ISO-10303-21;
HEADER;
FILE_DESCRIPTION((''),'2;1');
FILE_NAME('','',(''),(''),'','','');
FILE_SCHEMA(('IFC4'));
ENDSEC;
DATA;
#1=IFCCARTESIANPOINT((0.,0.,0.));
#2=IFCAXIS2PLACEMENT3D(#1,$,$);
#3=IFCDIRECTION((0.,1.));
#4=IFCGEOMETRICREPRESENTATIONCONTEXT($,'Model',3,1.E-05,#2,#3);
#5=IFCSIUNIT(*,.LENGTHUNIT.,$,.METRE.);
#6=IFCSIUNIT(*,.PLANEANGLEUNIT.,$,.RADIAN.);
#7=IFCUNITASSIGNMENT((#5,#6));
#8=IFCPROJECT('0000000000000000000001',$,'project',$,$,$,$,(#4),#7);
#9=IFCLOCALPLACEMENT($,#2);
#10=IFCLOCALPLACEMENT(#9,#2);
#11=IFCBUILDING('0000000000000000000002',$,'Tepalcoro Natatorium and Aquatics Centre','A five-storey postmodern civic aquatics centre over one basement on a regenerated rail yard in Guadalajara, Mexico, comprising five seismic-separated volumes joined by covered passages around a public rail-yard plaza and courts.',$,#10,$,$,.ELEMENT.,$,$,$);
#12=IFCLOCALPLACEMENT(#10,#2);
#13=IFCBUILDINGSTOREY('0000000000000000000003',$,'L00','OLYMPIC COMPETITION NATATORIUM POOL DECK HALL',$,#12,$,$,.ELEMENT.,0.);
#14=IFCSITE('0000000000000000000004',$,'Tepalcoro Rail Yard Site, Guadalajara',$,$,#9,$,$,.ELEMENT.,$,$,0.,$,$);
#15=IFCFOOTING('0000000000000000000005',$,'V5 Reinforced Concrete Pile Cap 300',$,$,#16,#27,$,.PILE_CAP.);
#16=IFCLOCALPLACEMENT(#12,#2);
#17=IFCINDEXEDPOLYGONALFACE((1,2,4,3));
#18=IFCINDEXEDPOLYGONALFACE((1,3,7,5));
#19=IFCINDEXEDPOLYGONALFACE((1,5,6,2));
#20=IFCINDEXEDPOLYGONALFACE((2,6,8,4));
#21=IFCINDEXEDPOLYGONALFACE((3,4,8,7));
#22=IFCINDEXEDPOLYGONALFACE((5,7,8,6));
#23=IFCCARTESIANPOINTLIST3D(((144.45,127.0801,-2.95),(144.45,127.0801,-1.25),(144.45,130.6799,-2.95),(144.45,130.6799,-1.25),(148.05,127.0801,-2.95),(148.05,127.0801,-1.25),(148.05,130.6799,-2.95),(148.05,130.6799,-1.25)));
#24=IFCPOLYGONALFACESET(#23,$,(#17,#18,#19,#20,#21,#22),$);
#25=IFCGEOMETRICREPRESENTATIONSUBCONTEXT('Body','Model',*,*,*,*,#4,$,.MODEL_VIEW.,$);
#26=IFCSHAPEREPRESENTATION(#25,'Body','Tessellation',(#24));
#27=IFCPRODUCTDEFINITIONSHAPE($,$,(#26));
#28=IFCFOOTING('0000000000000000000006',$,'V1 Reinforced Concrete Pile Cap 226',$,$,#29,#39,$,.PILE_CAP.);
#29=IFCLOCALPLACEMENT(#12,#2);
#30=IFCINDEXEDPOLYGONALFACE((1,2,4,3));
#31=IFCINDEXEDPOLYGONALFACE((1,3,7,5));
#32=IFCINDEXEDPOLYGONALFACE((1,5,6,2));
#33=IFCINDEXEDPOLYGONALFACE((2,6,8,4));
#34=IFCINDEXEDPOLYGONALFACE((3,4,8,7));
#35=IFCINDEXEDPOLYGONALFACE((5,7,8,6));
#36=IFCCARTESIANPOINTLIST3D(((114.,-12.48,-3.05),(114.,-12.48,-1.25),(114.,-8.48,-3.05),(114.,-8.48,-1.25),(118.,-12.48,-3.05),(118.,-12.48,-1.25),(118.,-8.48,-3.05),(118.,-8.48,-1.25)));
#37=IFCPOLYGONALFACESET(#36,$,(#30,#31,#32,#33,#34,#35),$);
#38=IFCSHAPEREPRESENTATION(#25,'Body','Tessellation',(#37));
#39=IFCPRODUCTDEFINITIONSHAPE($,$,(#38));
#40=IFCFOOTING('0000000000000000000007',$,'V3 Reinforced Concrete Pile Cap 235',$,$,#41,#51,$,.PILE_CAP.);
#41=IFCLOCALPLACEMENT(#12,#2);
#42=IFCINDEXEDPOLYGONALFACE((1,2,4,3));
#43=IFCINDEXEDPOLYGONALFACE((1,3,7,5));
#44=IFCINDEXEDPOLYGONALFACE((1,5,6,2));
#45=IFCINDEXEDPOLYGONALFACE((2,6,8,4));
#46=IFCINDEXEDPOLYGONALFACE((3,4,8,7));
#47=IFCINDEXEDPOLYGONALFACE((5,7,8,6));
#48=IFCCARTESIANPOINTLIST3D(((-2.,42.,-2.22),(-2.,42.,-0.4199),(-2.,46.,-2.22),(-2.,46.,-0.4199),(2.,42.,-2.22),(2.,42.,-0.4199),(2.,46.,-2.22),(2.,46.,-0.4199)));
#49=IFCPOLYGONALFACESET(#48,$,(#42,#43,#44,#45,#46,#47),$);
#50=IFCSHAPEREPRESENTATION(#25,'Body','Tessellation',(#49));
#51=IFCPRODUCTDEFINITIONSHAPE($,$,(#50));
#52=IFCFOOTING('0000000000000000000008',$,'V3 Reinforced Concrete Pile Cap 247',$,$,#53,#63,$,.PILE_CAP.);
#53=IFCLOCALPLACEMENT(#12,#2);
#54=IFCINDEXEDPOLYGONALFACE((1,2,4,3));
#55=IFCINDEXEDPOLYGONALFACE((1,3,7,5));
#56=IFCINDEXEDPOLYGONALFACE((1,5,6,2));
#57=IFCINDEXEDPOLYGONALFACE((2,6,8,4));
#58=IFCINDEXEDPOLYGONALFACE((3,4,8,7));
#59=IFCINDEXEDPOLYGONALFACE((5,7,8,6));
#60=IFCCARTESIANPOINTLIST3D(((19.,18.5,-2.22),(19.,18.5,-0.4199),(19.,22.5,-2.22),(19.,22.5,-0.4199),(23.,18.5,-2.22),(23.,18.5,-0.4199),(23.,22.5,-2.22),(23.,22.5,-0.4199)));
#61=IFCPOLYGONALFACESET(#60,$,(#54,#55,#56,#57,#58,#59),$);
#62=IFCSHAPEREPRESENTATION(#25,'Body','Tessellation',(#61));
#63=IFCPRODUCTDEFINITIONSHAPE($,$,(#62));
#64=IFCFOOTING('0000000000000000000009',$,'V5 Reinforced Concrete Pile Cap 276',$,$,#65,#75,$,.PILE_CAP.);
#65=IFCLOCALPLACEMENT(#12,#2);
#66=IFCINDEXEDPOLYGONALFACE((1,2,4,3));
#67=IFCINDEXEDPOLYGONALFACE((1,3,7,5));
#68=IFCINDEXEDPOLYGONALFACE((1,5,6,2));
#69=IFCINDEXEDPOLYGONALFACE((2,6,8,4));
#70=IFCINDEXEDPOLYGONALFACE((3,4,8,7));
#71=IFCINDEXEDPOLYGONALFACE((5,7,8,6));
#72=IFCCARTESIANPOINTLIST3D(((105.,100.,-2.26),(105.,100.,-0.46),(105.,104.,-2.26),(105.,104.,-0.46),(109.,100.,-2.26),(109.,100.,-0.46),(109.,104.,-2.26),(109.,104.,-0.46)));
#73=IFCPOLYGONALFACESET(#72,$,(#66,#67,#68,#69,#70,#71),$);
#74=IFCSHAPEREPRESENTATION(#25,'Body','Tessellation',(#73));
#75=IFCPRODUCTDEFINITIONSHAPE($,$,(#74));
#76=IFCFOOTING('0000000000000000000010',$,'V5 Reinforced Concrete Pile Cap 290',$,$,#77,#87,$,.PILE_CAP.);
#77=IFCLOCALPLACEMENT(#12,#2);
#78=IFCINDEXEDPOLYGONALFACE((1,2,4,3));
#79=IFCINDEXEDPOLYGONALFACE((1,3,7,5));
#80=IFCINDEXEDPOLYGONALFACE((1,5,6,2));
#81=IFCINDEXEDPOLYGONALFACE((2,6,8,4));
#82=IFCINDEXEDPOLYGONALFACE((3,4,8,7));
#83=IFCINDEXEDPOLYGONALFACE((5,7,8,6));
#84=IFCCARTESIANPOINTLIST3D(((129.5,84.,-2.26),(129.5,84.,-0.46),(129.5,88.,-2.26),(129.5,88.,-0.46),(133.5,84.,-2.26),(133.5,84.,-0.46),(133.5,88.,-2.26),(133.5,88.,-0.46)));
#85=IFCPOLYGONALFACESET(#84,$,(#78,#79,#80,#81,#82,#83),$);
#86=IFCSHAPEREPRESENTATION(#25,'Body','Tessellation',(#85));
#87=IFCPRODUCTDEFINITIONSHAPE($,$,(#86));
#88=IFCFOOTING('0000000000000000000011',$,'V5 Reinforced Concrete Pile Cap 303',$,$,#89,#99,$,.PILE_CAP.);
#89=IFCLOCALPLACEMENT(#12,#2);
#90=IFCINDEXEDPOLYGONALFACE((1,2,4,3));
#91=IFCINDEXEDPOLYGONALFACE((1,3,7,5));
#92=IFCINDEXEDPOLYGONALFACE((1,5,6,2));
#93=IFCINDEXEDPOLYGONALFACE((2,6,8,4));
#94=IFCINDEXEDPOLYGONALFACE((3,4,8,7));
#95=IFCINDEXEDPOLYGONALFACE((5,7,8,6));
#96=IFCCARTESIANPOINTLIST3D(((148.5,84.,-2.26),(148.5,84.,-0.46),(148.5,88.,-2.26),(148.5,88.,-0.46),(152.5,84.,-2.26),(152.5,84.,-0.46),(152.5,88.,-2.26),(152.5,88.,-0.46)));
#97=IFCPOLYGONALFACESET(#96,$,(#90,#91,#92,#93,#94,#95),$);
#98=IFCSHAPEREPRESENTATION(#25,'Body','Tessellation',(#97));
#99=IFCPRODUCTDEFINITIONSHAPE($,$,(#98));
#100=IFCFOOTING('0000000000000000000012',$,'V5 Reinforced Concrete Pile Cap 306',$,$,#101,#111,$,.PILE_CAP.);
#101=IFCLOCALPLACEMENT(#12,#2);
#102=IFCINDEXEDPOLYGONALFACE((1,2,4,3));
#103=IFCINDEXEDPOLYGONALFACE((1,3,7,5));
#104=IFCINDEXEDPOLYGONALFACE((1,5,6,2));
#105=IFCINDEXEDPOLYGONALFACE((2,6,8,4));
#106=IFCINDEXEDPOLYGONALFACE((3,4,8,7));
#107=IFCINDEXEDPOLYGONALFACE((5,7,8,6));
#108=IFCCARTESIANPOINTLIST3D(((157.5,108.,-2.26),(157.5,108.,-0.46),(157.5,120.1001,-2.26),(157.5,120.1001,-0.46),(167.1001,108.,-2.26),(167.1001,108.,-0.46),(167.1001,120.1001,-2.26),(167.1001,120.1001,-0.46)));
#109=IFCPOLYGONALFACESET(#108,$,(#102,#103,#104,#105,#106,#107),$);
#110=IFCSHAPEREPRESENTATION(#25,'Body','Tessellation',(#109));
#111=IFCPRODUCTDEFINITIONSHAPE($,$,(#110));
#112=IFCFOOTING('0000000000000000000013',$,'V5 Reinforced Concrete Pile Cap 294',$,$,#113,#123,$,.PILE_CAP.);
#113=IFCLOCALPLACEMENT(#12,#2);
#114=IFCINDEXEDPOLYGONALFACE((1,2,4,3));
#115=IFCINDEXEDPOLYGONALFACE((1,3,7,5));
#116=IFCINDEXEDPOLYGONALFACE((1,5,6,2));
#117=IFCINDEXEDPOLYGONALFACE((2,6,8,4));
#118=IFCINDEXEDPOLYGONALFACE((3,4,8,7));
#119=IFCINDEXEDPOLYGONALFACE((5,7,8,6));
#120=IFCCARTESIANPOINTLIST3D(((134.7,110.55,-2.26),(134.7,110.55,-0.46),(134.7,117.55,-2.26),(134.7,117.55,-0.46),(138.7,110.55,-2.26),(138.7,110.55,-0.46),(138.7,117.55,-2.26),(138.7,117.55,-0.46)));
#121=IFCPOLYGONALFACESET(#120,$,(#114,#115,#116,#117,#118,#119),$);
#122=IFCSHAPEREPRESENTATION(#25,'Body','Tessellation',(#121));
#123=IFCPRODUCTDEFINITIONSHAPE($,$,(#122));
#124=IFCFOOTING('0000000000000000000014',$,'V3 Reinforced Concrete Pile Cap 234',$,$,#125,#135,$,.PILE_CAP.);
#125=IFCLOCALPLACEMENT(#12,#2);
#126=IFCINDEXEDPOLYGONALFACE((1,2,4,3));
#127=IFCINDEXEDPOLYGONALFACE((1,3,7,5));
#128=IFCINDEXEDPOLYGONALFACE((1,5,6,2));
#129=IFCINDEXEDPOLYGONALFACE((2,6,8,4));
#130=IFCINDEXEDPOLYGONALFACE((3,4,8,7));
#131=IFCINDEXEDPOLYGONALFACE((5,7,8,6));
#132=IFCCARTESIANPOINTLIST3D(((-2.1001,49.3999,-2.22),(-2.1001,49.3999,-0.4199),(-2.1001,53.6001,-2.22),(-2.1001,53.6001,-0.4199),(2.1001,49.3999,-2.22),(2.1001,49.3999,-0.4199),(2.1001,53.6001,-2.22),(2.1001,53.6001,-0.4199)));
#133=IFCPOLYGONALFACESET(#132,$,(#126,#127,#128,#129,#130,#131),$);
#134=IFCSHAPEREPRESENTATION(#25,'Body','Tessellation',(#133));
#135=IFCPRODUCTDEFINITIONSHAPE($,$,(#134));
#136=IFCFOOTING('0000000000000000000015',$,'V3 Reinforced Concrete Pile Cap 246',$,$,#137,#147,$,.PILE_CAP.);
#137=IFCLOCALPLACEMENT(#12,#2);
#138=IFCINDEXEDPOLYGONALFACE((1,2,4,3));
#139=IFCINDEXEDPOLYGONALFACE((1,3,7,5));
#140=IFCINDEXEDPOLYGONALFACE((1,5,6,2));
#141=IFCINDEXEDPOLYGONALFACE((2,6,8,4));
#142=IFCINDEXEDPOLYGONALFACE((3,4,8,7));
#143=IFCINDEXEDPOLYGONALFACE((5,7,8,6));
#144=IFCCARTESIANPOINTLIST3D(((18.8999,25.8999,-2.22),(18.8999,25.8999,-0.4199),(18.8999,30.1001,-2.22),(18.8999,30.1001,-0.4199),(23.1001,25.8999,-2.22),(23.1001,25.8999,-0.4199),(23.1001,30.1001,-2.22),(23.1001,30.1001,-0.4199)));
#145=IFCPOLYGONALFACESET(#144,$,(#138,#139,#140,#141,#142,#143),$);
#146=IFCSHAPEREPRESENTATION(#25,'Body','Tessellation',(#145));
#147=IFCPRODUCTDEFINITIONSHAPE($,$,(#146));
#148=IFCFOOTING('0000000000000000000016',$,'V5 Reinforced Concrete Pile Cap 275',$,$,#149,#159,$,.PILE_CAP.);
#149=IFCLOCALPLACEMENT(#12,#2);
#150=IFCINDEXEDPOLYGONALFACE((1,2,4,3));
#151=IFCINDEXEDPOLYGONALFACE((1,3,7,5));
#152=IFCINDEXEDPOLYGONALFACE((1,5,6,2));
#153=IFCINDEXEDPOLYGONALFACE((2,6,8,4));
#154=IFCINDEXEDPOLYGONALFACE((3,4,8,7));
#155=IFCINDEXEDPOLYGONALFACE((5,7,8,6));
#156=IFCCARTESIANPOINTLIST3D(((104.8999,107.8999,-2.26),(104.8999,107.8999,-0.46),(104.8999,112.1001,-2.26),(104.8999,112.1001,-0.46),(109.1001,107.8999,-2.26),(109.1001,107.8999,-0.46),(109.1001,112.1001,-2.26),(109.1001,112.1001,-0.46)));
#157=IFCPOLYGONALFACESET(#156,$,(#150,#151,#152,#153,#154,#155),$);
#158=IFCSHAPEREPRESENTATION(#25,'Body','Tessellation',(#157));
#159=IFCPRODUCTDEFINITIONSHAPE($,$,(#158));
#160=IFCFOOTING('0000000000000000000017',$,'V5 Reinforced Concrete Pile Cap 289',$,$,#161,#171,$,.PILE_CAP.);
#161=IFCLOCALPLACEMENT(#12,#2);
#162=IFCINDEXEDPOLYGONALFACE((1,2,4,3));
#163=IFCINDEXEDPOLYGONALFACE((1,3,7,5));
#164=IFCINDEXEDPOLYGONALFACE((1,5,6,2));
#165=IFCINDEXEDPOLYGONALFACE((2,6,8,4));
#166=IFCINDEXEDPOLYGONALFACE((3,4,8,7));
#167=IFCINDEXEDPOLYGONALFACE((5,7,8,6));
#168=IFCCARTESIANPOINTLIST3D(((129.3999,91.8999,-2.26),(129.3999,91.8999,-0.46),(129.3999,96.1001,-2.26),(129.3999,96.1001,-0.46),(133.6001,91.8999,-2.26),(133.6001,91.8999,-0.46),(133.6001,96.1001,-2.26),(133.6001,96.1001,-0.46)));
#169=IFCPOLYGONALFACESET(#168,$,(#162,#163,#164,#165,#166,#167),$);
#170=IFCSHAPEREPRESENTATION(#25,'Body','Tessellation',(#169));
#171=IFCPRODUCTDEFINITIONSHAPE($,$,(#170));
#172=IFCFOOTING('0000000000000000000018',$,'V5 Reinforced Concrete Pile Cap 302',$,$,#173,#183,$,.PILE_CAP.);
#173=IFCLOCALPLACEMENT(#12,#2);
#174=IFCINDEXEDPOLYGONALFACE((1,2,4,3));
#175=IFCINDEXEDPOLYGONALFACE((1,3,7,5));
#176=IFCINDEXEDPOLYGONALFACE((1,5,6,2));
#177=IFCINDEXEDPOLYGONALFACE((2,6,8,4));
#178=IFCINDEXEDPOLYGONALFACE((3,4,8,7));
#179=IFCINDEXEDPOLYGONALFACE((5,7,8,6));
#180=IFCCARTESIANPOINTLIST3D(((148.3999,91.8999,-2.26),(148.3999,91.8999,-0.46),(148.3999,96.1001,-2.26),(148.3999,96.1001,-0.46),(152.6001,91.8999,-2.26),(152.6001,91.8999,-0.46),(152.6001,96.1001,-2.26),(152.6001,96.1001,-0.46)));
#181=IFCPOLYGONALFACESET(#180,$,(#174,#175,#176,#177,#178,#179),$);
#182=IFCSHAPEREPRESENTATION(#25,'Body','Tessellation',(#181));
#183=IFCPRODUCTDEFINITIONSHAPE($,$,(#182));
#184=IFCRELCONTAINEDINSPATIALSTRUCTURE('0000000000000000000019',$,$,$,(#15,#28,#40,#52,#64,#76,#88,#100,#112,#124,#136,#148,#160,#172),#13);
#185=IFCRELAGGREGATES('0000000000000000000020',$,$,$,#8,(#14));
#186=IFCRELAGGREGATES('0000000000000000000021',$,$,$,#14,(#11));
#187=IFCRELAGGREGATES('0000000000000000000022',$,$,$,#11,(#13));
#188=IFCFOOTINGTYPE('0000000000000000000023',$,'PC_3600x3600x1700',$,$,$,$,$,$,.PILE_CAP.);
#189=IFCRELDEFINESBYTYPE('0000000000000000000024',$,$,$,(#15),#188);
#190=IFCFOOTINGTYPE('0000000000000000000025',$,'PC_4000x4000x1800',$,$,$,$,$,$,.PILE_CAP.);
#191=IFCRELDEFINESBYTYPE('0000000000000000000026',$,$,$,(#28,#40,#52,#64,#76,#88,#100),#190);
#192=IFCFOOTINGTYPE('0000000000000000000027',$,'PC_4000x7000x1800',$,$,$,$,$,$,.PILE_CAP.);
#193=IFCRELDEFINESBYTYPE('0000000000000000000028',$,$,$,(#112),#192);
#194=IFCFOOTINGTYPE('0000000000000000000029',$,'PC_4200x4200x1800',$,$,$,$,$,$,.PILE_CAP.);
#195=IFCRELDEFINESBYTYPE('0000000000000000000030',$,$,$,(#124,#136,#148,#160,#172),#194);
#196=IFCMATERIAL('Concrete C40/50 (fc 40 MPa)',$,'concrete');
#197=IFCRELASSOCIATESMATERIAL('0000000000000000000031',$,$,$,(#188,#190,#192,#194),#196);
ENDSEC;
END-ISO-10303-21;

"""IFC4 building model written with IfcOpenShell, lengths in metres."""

from ifc_helpers import new_model, si_unit, direction, frame, origin, place, context, subcontext, project, spatial, polyline, outline, extrude, material, type_object, element, save


model = new_model("IFC4")

# Units and contexts
model_context = context("Model", 3, precision=1e-05, world=origin(), true_north=direction((0.0, 1.0)))
body_context = subcontext(model_context, "Body", "Model", "MODEL_VIEW")
ifc_project = project(units=[si_unit("LENGTHUNIT", "METRE"), si_unit("PLANEANGLEUNIT", "RADIAN")], contexts=[model_context])

# Site, building, storey
site_placement = place(None, origin())
site = spatial("IfcSite", under=ifc_project, at=site_placement, Name="Tepalcoro Rail Yard Site, Guadalajara", CompositionType="ELEMENT", RefElevation=0.0)
building_placement = place(site_placement, origin())
building = spatial("IfcBuilding", under=site, at=building_placement, Name="Tepalcoro Natatorium and Aquatics Centre", Description="A five-storey postmodern civic aquatics centre over one basement on a regenerated rail yard in Guadalajara, Mexico, comprising five seismic-separated volumes joined by covered passages around a public rail-yard plaza and courts.", CompositionType="ELEMENT")
storey_placement = place(building_placement, origin())
storey = spatial("IfcBuildingStorey", under=building, at=storey_placement, Name="L00", Description="OLYMPIC COMPETITION NATATORIUM POOL DECK HALL", CompositionType="ELEMENT", Elevation=0.0)

# Footings
ifc_material = material(Name="Concrete C40/50 (fc 40 MPa)", Category="concrete")
footing_type_1 = type_object("IfcFootingType", Name="PC_3600x3600x1700", PredefinedType="PILE_CAP", material=ifc_material)
footing_1_placement = place(storey_placement, frame((0.0, 0.0, -2.95)))
element("IfcFooting", 1, at=footing_1_placement, inside=storey, type_object=footing_type_1, Name="V5 Reinforced Concrete Pile Cap 300", PredefinedType="PILE_CAP", context=body_context, shape_type="SweptSolid", body=[
    extrude(outline(polyline([(144.45, 127.0801), (148.05, 127.0801), (148.05, 130.6799), (144.45, 130.6799), (144.45, 127.0801)])), origin(), (0.0, 0.0, 1.0), 1.7),
])
footing_type_2 = type_object("IfcFootingType", Name="PC_4000x4000x1800", PredefinedType="PILE_CAP", material=ifc_material)
footing_2_placement = place(storey_placement, frame((0.0, 0.0, -3.05)))
element("IfcFooting", 2, at=footing_2_placement, inside=storey, type_object=footing_type_2, Name="V1 Reinforced Concrete Pile Cap 226", PredefinedType="PILE_CAP", context=body_context, shape_type="SweptSolid", body=[
    extrude(outline(polyline([(114.0, -12.48), (118.0, -12.48), (118.0, -8.48), (114.0, -8.48), (114.0, -12.48)])), origin(), (0.0, 0.0, 1.0), 1.8),
])
footing_3_placement = place(storey_placement, frame((0.0, 0.0, -2.22)))
element("IfcFooting", 3, at=footing_3_placement, inside=storey, type_object=footing_type_2, Name="V3 Reinforced Concrete Pile Cap 235", PredefinedType="PILE_CAP", context=body_context, shape_type="SweptSolid", body=[
    extrude(outline(polyline([(-2.0, 42.0), (2.0, 42.0), (2.0, 46.0), (-2.0, 46.0), (-2.0, 42.0)])), origin(), (0.0, 0.0, 1.0), 1.8),
])
footing_4_placement = place(storey_placement, frame((0.0, 0.0, -2.22)))
element("IfcFooting", 4, at=footing_4_placement, inside=storey, type_object=footing_type_2, Name="V3 Reinforced Concrete Pile Cap 247", PredefinedType="PILE_CAP", context=body_context, shape_type="SweptSolid", body=[
    extrude(outline(polyline([(19.0, 18.5), (23.0, 18.5), (23.0, 22.5), (19.0, 22.5), (19.0, 18.5)])), origin(), (0.0, 0.0, 1.0), 1.8),
])
footing_5_placement = place(storey_placement, frame((0.0, 0.0, -2.26)))
element("IfcFooting", 5, at=footing_5_placement, inside=storey, type_object=footing_type_2, Name="V5 Reinforced Concrete Pile Cap 276", PredefinedType="PILE_CAP", context=body_context, shape_type="SweptSolid", body=[
    extrude(outline(polyline([(105.0, 100.0), (109.0, 100.0), (109.0, 104.0), (105.0, 104.0), (105.0, 100.0)])), origin(), (0.0, 0.0, 1.0), 1.8),
])
footing_6_placement = place(storey_placement, frame((0.0, 0.0, -2.26)))
element("IfcFooting", 6, at=footing_6_placement, inside=storey, type_object=footing_type_2, Name="V5 Reinforced Concrete Pile Cap 290", PredefinedType="PILE_CAP", context=body_context, shape_type="SweptSolid", body=[
    extrude(outline(polyline([(129.5, 84.0), (133.5, 84.0), (133.5, 88.0), (129.5, 88.0), (129.5, 84.0)])), origin(), (0.0, 0.0, 1.0), 1.8),
])
footing_7_placement = place(storey_placement, frame((0.0, 0.0, -2.26)))
element("IfcFooting", 7, at=footing_7_placement, inside=storey, type_object=footing_type_2, Name="V5 Reinforced Concrete Pile Cap 303", PredefinedType="PILE_CAP", context=body_context, shape_type="SweptSolid", body=[
    extrude(outline(polyline([(148.5, 84.0), (152.5, 84.0), (152.5, 88.0), (148.5, 88.0), (148.5, 84.0)])), origin(), (0.0, 0.0, 1.0), 1.8),
])
footing_8_placement = place(storey_placement, frame((0.0, 0.0, -2.26)))
element("IfcFooting", 8, at=footing_8_placement, inside=storey, type_object=footing_type_2, Name="V5 Reinforced Concrete Pile Cap 306", PredefinedType="PILE_CAP", context=body_context, shape_type="SweptSolid", body=[
    extrude(outline(polyline([(157.5, 108.0), (167.1001, 108.0), (167.1001, 120.1001), (157.5, 120.1001), (157.5, 108.0)])), origin(), (0.0, 0.0, 1.0), 1.8),
])
footing_type_3 = type_object("IfcFootingType", Name="PC_4000x7000x1800", PredefinedType="PILE_CAP", material=ifc_material)
footing_9_placement = place(storey_placement, frame((0.0, 0.0, -2.26)))
element("IfcFooting", 9, at=footing_9_placement, inside=storey, type_object=footing_type_3, Name="V5 Reinforced Concrete Pile Cap 294", PredefinedType="PILE_CAP", context=body_context, shape_type="SweptSolid", body=[
    extrude(outline(polyline([(134.7, 110.55), (138.7, 110.55), (138.7, 117.55), (134.7, 117.55), (134.7, 110.55)])), origin(), (0.0, 0.0, 1.0), 1.8),
])
footing_type_4 = type_object("IfcFootingType", Name="PC_4200x4200x1800", PredefinedType="PILE_CAP", material=ifc_material)
footing_10_placement = place(storey_placement, frame((0.0, 0.0, -2.22)))
element("IfcFooting", 10, at=footing_10_placement, inside=storey, type_object=footing_type_4, Name="V3 Reinforced Concrete Pile Cap 234", PredefinedType="PILE_CAP", context=body_context, shape_type="SweptSolid", body=[
    extrude(outline(polyline([(-2.1001, 49.3999), (2.1001, 49.3999), (2.1001, 53.6001), (-2.1001, 53.6001), (-2.1001, 49.3999)])), origin(), (0.0, 0.0, 1.0), 1.8),
])
footing_11_placement = place(storey_placement, frame((0.0, 0.0, -2.22)))
element("IfcFooting", 11, at=footing_11_placement, inside=storey, type_object=footing_type_4, Name="V3 Reinforced Concrete Pile Cap 246", PredefinedType="PILE_CAP", context=body_context, shape_type="SweptSolid", body=[
    extrude(outline(polyline([(18.8999, 25.8999), (23.1001, 25.8999), (23.1001, 30.1001), (18.8999, 30.1001), (18.8999, 25.8999)])), origin(), (0.0, 0.0, 1.0), 1.8),
])
footing_12_placement = place(storey_placement, frame((0.0, 0.0, -2.26)))
element("IfcFooting", 12, at=footing_12_placement, inside=storey, type_object=footing_type_4, Name="V5 Reinforced Concrete Pile Cap 275", PredefinedType="PILE_CAP", context=body_context, shape_type="SweptSolid", body=[
    extrude(outline(polyline([(104.8999, 107.8999), (109.1001, 107.8999), (109.1001, 112.1001), (104.8999, 112.1001), (104.8999, 107.8999)])), origin(), (0.0, 0.0, 1.0), 1.8),
])
footing_13_placement = place(storey_placement, frame((0.0, 0.0, -2.26)))
element("IfcFooting", 13, at=footing_13_placement, inside=storey, type_object=footing_type_4, Name="V5 Reinforced Concrete Pile Cap 289", PredefinedType="PILE_CAP", context=body_context, shape_type="SweptSolid", body=[
    extrude(outline(polyline([(129.3999, 91.8999), (133.6001, 91.8999), (133.6001, 96.1001), (129.3999, 96.1001), (129.3999, 91.8999)])), origin(), (0.0, 0.0, 1.0), 1.8),
])
footing_14_placement = place(storey_placement, frame((0.0, 0.0, -2.26)))
element("IfcFooting", 14, at=footing_14_placement, inside=storey, type_object=footing_type_4, Name="V5 Reinforced Concrete Pile Cap 302", PredefinedType="PILE_CAP", context=body_context, shape_type="SweptSolid", body=[
    extrude(outline(polyline([(148.3999, 91.8999), (152.6001, 91.8999), (152.6001, 96.1001), (148.3999, 96.1001), (148.3999, 91.8999)])), origin(), (0.0, 0.0, 1.0), 1.8),
])

save(model, "model.ifc")
